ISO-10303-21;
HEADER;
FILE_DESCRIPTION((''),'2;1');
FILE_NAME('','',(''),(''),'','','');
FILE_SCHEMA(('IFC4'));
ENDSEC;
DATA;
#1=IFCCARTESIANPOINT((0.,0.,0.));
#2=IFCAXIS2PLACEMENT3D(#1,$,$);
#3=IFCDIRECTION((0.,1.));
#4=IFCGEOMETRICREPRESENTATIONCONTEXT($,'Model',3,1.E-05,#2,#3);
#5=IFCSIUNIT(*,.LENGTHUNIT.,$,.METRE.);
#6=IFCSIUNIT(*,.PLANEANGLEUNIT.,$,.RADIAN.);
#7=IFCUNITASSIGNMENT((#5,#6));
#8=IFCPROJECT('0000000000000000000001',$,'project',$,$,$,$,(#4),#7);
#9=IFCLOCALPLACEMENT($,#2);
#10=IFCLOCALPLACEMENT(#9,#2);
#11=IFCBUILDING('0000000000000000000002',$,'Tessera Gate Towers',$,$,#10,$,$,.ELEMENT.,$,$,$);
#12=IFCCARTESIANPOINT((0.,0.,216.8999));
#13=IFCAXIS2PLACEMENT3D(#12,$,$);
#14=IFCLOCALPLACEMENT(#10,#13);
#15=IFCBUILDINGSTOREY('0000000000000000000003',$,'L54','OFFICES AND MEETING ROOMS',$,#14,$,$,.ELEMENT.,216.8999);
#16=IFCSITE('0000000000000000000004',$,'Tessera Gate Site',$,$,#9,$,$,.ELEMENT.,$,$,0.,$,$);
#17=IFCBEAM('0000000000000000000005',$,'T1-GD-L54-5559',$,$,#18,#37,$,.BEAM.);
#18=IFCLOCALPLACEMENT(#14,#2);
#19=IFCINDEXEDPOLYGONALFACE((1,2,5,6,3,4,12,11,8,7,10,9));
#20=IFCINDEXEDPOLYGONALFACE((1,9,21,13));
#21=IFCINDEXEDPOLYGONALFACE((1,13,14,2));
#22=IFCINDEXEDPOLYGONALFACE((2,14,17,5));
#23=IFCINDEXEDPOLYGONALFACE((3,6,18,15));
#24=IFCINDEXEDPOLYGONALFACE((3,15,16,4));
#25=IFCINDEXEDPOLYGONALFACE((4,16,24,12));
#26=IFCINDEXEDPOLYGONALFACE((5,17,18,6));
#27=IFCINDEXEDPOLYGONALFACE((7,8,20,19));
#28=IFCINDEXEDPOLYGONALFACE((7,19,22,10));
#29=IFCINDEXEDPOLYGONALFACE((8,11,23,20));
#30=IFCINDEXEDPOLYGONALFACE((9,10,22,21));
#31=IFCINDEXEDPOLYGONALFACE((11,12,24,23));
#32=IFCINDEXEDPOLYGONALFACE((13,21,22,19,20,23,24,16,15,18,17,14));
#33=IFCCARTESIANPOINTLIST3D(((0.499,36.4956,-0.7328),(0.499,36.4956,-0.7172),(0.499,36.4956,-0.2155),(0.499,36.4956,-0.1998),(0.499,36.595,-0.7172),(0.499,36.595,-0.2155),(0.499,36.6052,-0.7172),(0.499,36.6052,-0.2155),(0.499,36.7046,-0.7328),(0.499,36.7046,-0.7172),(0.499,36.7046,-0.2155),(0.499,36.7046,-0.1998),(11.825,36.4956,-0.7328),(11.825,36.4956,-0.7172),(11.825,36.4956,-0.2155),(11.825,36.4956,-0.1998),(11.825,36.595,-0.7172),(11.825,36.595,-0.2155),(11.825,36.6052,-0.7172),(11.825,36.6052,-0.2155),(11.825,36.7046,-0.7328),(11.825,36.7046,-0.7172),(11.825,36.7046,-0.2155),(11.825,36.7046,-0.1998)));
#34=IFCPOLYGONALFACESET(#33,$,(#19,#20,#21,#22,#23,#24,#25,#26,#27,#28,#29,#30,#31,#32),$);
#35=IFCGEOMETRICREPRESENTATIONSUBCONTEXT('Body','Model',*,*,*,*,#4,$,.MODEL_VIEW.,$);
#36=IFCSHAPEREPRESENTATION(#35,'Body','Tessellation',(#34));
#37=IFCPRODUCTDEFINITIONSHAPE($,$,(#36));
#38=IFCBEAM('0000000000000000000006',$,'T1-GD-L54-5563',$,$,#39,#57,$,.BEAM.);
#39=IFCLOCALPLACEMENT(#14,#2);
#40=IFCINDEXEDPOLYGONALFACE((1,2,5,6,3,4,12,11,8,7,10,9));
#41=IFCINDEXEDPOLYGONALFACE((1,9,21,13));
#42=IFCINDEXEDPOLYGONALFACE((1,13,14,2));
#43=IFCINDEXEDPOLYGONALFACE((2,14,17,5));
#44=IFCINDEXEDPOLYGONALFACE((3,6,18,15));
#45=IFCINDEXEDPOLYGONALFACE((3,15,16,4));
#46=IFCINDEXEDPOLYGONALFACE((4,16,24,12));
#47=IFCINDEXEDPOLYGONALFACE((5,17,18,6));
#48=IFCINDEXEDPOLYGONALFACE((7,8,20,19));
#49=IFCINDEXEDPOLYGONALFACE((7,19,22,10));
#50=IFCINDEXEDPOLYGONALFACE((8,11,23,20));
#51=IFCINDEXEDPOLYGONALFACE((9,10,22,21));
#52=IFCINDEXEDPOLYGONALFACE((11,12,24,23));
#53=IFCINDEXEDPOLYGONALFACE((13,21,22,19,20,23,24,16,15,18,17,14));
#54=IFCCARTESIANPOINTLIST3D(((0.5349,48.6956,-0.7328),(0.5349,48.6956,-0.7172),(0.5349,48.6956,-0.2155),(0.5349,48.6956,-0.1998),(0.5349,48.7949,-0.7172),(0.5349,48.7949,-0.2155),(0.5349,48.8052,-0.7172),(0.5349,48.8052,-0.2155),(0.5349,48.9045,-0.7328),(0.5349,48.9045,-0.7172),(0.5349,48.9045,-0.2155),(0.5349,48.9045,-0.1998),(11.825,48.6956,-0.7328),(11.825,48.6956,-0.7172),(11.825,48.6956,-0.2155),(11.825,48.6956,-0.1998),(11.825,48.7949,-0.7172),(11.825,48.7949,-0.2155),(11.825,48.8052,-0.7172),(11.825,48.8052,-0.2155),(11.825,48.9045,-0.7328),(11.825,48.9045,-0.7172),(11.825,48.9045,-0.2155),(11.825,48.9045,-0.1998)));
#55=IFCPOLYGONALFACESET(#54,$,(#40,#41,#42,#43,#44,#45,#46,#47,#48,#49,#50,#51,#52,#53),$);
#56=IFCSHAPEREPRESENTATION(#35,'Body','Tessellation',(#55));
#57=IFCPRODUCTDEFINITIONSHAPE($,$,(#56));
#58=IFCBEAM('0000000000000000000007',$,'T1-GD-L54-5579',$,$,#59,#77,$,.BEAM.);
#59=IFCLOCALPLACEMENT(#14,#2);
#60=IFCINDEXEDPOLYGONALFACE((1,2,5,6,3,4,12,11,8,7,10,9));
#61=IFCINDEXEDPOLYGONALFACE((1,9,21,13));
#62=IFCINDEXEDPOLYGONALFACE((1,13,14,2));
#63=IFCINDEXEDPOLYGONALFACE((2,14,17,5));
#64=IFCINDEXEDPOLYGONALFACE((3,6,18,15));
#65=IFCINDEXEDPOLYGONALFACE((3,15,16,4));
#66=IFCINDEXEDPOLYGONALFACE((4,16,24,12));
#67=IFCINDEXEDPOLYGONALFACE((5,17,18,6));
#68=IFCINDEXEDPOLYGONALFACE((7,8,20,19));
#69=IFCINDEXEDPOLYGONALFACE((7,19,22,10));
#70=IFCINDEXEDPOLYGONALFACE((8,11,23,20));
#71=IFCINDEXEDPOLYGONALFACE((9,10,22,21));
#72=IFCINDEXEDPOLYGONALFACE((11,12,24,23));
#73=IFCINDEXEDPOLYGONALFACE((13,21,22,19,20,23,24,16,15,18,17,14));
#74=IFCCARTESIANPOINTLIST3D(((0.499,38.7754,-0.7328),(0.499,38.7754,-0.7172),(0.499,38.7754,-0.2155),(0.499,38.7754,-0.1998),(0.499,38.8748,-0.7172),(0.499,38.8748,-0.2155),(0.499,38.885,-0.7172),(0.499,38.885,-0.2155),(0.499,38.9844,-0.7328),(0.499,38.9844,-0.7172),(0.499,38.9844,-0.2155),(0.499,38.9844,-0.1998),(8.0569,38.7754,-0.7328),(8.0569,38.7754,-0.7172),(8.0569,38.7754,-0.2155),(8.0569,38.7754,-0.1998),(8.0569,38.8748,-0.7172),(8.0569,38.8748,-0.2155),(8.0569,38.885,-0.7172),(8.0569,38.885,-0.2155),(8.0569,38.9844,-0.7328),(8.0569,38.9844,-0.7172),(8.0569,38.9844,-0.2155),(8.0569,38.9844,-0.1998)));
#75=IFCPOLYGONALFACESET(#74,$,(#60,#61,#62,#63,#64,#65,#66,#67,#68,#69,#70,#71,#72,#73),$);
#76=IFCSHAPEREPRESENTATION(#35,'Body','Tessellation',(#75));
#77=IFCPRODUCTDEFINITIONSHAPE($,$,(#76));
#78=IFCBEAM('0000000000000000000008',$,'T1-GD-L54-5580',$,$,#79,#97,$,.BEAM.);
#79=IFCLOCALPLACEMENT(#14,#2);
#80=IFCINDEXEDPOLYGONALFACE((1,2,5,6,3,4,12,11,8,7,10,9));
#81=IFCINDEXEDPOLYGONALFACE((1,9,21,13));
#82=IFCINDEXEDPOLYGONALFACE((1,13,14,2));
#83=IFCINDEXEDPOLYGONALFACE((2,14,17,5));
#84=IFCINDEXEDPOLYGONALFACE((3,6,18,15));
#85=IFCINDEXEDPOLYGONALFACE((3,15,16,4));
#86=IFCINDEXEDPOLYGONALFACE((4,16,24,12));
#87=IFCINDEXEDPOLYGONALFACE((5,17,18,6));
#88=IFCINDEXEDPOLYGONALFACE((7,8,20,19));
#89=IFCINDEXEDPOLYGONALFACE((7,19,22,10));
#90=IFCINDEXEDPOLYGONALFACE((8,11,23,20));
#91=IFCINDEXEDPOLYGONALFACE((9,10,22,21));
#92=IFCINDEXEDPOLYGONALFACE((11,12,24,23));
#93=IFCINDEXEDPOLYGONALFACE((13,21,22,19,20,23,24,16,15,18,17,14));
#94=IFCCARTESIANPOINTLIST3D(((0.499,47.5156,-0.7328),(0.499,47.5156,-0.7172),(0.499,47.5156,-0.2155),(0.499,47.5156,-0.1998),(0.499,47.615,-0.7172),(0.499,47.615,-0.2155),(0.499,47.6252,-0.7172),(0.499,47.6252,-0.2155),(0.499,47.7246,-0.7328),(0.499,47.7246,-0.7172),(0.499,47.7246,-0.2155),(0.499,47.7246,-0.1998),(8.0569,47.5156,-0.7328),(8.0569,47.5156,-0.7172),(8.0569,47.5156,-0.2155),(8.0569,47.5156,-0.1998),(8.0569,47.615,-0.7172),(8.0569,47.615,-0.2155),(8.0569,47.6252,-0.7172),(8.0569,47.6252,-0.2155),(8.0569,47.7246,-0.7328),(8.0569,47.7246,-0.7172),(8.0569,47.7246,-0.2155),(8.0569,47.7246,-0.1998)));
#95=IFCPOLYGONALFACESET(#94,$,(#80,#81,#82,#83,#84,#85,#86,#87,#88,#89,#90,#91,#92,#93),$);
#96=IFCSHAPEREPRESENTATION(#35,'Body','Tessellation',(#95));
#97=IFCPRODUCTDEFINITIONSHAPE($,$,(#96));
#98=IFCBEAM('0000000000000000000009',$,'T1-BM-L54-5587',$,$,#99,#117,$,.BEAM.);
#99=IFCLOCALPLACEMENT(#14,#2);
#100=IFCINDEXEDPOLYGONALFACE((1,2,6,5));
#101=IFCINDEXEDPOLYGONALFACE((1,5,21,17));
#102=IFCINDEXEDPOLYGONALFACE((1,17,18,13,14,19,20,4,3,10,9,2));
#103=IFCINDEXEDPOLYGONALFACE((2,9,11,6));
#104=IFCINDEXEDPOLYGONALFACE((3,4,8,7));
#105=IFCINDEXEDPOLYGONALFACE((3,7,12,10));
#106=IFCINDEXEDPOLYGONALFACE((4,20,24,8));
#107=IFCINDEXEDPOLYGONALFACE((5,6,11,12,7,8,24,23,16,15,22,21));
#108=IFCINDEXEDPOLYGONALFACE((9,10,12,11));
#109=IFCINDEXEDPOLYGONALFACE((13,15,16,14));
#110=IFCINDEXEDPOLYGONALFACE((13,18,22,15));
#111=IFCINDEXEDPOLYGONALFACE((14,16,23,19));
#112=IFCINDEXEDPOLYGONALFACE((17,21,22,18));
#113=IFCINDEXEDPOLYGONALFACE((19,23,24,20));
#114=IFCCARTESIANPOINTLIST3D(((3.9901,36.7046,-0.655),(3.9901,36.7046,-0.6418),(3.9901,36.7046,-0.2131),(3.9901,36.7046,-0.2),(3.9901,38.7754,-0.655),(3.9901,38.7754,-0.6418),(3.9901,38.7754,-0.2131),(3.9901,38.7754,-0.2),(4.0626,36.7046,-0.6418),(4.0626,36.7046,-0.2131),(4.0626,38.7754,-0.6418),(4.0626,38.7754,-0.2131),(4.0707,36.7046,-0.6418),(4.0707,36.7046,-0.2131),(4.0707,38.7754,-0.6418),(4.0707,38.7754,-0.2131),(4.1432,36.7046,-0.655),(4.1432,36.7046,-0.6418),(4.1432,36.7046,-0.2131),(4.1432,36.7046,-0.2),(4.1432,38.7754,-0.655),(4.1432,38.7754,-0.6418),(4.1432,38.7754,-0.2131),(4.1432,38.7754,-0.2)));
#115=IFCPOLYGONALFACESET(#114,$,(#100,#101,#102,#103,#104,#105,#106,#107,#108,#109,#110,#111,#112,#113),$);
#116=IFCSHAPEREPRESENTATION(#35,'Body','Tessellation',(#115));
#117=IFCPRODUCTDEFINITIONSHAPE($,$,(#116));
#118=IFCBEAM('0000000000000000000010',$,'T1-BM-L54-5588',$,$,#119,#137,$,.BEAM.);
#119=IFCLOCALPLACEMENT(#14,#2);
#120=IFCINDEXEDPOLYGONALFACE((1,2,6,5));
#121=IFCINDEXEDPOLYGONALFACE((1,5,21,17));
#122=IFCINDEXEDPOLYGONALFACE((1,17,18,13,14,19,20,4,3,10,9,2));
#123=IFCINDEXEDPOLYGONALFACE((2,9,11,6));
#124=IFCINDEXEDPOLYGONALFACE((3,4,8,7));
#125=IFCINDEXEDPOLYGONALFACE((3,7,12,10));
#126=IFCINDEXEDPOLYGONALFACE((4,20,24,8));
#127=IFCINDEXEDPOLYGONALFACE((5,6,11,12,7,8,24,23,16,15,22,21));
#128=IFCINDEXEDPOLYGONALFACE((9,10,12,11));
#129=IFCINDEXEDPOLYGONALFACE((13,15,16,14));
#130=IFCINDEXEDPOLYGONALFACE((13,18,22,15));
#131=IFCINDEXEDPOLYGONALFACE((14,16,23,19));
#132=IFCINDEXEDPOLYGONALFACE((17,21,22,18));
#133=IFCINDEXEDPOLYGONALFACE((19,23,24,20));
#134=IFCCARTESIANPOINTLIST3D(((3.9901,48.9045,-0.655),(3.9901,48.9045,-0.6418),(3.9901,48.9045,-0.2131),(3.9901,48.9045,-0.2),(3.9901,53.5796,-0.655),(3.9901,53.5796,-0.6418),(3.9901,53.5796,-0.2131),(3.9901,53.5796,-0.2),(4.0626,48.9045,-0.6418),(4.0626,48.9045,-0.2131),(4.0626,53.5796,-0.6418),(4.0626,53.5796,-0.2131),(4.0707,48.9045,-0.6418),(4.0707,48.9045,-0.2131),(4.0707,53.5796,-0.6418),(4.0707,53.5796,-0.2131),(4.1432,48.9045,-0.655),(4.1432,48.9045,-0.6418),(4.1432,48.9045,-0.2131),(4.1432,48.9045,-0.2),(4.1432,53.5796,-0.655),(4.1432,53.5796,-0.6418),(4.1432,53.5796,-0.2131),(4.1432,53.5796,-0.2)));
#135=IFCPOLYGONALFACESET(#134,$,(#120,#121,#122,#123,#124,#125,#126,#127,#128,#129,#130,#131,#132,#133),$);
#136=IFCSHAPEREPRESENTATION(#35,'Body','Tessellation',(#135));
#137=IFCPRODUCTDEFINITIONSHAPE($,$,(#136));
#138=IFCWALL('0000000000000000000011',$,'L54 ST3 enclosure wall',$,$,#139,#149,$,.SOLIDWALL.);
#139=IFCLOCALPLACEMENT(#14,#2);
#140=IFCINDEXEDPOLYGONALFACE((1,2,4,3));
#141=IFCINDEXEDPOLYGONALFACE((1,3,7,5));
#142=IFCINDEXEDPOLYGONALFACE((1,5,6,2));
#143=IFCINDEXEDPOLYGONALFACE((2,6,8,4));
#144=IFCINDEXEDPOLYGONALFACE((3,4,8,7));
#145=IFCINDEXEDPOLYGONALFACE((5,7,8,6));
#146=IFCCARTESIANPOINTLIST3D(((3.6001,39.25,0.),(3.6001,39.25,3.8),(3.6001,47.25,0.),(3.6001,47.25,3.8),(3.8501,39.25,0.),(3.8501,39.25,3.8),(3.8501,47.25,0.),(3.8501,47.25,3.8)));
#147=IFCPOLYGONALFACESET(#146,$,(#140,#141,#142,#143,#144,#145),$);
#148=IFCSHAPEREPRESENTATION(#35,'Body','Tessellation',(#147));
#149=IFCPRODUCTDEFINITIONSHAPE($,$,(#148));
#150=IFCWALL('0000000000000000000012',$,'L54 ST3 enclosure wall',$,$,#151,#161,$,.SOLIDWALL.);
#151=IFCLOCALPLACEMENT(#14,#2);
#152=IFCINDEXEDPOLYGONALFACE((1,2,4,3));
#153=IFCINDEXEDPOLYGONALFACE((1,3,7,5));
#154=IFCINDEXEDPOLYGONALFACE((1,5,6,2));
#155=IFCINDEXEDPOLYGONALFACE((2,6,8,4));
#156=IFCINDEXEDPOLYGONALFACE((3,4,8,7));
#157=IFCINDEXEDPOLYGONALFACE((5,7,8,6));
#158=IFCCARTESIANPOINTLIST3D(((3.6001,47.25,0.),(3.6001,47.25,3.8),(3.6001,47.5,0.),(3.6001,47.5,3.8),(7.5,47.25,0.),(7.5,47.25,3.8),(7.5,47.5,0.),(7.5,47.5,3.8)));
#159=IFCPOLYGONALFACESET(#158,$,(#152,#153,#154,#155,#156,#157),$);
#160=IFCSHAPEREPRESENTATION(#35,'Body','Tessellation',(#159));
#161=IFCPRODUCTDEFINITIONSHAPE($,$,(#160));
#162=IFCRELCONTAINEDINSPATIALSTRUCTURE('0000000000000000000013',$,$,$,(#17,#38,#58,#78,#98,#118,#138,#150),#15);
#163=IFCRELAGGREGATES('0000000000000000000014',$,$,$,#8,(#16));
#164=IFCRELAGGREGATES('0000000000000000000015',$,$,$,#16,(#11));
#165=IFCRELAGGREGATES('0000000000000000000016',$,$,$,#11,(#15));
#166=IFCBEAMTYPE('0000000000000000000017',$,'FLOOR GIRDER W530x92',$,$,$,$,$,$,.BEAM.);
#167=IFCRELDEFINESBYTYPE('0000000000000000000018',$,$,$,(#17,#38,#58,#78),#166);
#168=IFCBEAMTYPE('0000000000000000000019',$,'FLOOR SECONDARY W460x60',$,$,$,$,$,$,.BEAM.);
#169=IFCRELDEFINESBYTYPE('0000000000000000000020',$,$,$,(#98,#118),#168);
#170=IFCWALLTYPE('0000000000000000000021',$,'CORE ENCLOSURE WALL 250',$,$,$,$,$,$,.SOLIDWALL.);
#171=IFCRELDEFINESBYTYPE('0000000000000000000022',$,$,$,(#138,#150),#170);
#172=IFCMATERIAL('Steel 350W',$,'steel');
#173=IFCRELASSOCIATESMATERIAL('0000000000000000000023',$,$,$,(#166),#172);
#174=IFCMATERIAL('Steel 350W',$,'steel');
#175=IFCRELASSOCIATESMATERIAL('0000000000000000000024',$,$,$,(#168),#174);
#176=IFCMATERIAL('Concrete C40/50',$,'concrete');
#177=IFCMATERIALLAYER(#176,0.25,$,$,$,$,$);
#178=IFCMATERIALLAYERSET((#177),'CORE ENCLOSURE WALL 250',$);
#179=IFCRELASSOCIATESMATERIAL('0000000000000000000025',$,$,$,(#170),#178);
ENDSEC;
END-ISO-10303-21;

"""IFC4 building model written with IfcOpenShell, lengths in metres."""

from ifc_helpers import new_model, si_unit, direction, frame, frame_2d, origin, origin_2d, place, context, subcontext, project, spatial, rectangle, i_section, extrude, material, layer, layer_set, material_profile, profile_set, type_object, element, save


model = new_model("IFC4")

# Units and contexts
model_context = context("Model", 3, precision=1e-05, world=origin(), true_north=direction((0.0, 1.0)))
body_context = subcontext(model_context, "Body", "Model", "MODEL_VIEW")
ifc_project = project(units=[si_unit("LENGTHUNIT", "METRE"), si_unit("PLANEANGLEUNIT", "RADIAN")], contexts=[model_context])

# Site, building, storey
site_placement = place(None, origin())
site = spatial("IfcSite", under=ifc_project, at=site_placement, Name="Tessera Gate Site", CompositionType="ELEMENT", RefElevation=0.0)
building_placement = place(site_placement, origin())
building = spatial("IfcBuilding", under=site, at=building_placement, Name="Tessera Gate Towers", CompositionType="ELEMENT")
storey_placement = place(building_placement, frame((0.0, 0.0, 216.8999)))
storey = spatial("IfcBuildingStorey", under=building, at=storey_placement, Name="L54", Description="OFFICES AND MEETING ROOMS", CompositionType="ELEMENT", Elevation=216.8999)

# Beams
ifc_material_1 = material(Name="Steel 350W", Category="steel")
ifc_material_profile_1 = material_profile(ifc_material_1, i_section(OverallWidth=0.209, OverallDepth=0.533, WebThickness=0.0103, FlangeThickness=0.0156, at=origin_2d()), Name="W530x92")
ifc_profile_set_1 = profile_set([ifc_material_profile_1], Name="Steel 350W")
beam_type_1 = type_object("IfcBeamType", Name="FLOOR GIRDER W530x92", PredefinedType="BEAM", material=ifc_profile_set_1)
beam_1_placement = place(storey_placement, frame((0.499, 36.6001, -0.4663), z_axis=(1.0, 0.0, 0.0), x_axis=(0.0, 1.0, 0.0)))
element("IfcBeam", 1, at=beam_1_placement, inside=storey, type_object=beam_type_1, Name="T1-GD-L54-5559", PredefinedType="BEAM", context=body_context, shape_type="SweptSolid", body=[
    extrude(i_section(OverallWidth=0.209, OverallDepth=0.533, WebThickness=0.0103, FlangeThickness=0.0156, at=origin_2d()), origin(), (0.0, 0.0, 1.0), 11.3259),
])
beam_2_placement = place(storey_placement, frame((0.5349, 48.8, -0.4663), z_axis=(1.0, 0.0, 0.0), x_axis=(0.0, 1.0, 0.0)))
element("IfcBeam", 2, at=beam_2_placement, inside=storey, type_object=beam_type_1, Name="T1-GD-L54-5563", PredefinedType="BEAM", context=body_context, shape_type="SweptSolid", body=[
    extrude(i_section(OverallWidth=0.209, OverallDepth=0.533, WebThickness=0.0103, FlangeThickness=0.0156, at=origin_2d()), origin(), (0.0, 0.0, 1.0), 11.29),
])
for number, where, z_axis, x_axis, name in (
    (3, (0.499, 38.8799, -0.4663), (1.0, 0.0, 0.0), (0.0, 1.0, 0.0), "T1-GD-L54-5579"),
    (4, (0.499, 47.6201, -0.4663), (1.0, 0.0, 0.0), (0.0, 1.0, 0.0), "T1-GD-L54-5580"),
):
    element("IfcBeam", number, at=place(storey_placement, frame(where, z_axis=z_axis, x_axis=x_axis)), inside=storey, type_object=beam_type_1, Name=name, PredefinedType="BEAM", context=body_context, shape_type="SweptSolid", body=[
        extrude(i_section(OverallWidth=0.209, OverallDepth=0.533, WebThickness=0.0103, FlangeThickness=0.0156, at=origin_2d()), origin(), (0.0, 0.0, 1.0), 7.5579),
    ])
ifc_material_2 = material(Name="Steel 350W", Category="steel")
ifc_material_profile_2 = material_profile(ifc_material_2, i_section(OverallWidth=0.1531, OverallDepth=0.4551, WebThickness=0.0081, FlangeThickness=0.0132, at=origin_2d()), Name="W460x60")
ifc_profile_set_2 = profile_set([ifc_material_profile_2], Name="Steel 350W")
beam_type_2 = type_object("IfcBeamType", Name="FLOOR SECONDARY W460x60", PredefinedType="BEAM", material=ifc_profile_set_2)
beam_3_placement = place(storey_placement, frame((4.0667, 36.7046, -0.4275), z_axis=(0.0, 1.0, 0.0), x_axis=(-1.0, 0.0, 0.0)))
element("IfcBeam", 5, at=beam_3_placement, inside=storey, type_object=beam_type_2, Name="T1-BM-L54-5587", PredefinedType="BEAM", context=body_context, shape_type="SweptSolid", body=[
    extrude(i_section(OverallWidth=0.1531, OverallDepth=0.4551, WebThickness=0.0081, FlangeThickness=0.0132, at=origin_2d()), origin(), (0.0, 0.0, 1.0), 2.0708),
])
beam_4_placement = place(storey_placement, frame((4.0667, 48.9045, -0.4275), z_axis=(0.0, 1.0, 0.0), x_axis=(-1.0, 0.0, 0.0)))
element("IfcBeam", 6, at=beam_4_placement, inside=storey, type_object=beam_type_2, Name="T1-BM-L54-5588", PredefinedType="BEAM", context=body_context, shape_type="SweptSolid", body=[
    extrude(i_section(OverallWidth=0.1531, OverallDepth=0.4551, WebThickness=0.0081, FlangeThickness=0.0132, at=origin_2d()), origin(), (0.0, 0.0, 1.0), 4.675),
])

# Walls
ifc_material_3 = material(Name="Concrete C40/50", Category="concrete")
ifc_layer_1 = layer(ifc_material_3, 0.25)
ifc_layer_set_1 = layer_set([ifc_layer_1], Name="CORE ENCLOSURE WALL 250")
wall_type_1 = type_object("IfcWallType", Name="CORE ENCLOSURE WALL 250", PredefinedType="SOLIDWALL", material=ifc_layer_set_1)
wall_1_placement = place(storey_placement, frame((3.7251, 39.25, 0.0), z_axis=(0.0, 0.0, 1.0), x_axis=(0.0, 1.0, 0.0)))
element("IfcWall", 7, at=wall_1_placement, inside=storey, type_object=wall_type_1, Name="L54 ST3 enclosure wall", PredefinedType="SOLIDWALL", context=body_context, shape_type="SweptSolid", body=[
    extrude(rectangle(XDim=8.0, YDim=0.25, at=frame_2d((4.0, 0.0))), origin(), (0.0, 0.0, 1.0), 3.8),
])
wall_2_placement = place(storey_placement, frame((3.6001, 47.375, 0.0), z_axis=(0.0, 0.0, 1.0), x_axis=(1.0, 0.0, 0.0)))
element("IfcWall", 8, at=wall_2_placement, inside=storey, type_object=wall_type_1, Name="L54 ST3 enclosure wall", PredefinedType="SOLIDWALL", context=body_context, shape_type="SweptSolid", body=[
    extrude(rectangle(XDim=3.8999, YDim=0.25, at=frame_2d((1.95, 0.0))), origin(), (0.0, 0.0, 1.0), 3.8),
])

save(model, "model.ifc")
